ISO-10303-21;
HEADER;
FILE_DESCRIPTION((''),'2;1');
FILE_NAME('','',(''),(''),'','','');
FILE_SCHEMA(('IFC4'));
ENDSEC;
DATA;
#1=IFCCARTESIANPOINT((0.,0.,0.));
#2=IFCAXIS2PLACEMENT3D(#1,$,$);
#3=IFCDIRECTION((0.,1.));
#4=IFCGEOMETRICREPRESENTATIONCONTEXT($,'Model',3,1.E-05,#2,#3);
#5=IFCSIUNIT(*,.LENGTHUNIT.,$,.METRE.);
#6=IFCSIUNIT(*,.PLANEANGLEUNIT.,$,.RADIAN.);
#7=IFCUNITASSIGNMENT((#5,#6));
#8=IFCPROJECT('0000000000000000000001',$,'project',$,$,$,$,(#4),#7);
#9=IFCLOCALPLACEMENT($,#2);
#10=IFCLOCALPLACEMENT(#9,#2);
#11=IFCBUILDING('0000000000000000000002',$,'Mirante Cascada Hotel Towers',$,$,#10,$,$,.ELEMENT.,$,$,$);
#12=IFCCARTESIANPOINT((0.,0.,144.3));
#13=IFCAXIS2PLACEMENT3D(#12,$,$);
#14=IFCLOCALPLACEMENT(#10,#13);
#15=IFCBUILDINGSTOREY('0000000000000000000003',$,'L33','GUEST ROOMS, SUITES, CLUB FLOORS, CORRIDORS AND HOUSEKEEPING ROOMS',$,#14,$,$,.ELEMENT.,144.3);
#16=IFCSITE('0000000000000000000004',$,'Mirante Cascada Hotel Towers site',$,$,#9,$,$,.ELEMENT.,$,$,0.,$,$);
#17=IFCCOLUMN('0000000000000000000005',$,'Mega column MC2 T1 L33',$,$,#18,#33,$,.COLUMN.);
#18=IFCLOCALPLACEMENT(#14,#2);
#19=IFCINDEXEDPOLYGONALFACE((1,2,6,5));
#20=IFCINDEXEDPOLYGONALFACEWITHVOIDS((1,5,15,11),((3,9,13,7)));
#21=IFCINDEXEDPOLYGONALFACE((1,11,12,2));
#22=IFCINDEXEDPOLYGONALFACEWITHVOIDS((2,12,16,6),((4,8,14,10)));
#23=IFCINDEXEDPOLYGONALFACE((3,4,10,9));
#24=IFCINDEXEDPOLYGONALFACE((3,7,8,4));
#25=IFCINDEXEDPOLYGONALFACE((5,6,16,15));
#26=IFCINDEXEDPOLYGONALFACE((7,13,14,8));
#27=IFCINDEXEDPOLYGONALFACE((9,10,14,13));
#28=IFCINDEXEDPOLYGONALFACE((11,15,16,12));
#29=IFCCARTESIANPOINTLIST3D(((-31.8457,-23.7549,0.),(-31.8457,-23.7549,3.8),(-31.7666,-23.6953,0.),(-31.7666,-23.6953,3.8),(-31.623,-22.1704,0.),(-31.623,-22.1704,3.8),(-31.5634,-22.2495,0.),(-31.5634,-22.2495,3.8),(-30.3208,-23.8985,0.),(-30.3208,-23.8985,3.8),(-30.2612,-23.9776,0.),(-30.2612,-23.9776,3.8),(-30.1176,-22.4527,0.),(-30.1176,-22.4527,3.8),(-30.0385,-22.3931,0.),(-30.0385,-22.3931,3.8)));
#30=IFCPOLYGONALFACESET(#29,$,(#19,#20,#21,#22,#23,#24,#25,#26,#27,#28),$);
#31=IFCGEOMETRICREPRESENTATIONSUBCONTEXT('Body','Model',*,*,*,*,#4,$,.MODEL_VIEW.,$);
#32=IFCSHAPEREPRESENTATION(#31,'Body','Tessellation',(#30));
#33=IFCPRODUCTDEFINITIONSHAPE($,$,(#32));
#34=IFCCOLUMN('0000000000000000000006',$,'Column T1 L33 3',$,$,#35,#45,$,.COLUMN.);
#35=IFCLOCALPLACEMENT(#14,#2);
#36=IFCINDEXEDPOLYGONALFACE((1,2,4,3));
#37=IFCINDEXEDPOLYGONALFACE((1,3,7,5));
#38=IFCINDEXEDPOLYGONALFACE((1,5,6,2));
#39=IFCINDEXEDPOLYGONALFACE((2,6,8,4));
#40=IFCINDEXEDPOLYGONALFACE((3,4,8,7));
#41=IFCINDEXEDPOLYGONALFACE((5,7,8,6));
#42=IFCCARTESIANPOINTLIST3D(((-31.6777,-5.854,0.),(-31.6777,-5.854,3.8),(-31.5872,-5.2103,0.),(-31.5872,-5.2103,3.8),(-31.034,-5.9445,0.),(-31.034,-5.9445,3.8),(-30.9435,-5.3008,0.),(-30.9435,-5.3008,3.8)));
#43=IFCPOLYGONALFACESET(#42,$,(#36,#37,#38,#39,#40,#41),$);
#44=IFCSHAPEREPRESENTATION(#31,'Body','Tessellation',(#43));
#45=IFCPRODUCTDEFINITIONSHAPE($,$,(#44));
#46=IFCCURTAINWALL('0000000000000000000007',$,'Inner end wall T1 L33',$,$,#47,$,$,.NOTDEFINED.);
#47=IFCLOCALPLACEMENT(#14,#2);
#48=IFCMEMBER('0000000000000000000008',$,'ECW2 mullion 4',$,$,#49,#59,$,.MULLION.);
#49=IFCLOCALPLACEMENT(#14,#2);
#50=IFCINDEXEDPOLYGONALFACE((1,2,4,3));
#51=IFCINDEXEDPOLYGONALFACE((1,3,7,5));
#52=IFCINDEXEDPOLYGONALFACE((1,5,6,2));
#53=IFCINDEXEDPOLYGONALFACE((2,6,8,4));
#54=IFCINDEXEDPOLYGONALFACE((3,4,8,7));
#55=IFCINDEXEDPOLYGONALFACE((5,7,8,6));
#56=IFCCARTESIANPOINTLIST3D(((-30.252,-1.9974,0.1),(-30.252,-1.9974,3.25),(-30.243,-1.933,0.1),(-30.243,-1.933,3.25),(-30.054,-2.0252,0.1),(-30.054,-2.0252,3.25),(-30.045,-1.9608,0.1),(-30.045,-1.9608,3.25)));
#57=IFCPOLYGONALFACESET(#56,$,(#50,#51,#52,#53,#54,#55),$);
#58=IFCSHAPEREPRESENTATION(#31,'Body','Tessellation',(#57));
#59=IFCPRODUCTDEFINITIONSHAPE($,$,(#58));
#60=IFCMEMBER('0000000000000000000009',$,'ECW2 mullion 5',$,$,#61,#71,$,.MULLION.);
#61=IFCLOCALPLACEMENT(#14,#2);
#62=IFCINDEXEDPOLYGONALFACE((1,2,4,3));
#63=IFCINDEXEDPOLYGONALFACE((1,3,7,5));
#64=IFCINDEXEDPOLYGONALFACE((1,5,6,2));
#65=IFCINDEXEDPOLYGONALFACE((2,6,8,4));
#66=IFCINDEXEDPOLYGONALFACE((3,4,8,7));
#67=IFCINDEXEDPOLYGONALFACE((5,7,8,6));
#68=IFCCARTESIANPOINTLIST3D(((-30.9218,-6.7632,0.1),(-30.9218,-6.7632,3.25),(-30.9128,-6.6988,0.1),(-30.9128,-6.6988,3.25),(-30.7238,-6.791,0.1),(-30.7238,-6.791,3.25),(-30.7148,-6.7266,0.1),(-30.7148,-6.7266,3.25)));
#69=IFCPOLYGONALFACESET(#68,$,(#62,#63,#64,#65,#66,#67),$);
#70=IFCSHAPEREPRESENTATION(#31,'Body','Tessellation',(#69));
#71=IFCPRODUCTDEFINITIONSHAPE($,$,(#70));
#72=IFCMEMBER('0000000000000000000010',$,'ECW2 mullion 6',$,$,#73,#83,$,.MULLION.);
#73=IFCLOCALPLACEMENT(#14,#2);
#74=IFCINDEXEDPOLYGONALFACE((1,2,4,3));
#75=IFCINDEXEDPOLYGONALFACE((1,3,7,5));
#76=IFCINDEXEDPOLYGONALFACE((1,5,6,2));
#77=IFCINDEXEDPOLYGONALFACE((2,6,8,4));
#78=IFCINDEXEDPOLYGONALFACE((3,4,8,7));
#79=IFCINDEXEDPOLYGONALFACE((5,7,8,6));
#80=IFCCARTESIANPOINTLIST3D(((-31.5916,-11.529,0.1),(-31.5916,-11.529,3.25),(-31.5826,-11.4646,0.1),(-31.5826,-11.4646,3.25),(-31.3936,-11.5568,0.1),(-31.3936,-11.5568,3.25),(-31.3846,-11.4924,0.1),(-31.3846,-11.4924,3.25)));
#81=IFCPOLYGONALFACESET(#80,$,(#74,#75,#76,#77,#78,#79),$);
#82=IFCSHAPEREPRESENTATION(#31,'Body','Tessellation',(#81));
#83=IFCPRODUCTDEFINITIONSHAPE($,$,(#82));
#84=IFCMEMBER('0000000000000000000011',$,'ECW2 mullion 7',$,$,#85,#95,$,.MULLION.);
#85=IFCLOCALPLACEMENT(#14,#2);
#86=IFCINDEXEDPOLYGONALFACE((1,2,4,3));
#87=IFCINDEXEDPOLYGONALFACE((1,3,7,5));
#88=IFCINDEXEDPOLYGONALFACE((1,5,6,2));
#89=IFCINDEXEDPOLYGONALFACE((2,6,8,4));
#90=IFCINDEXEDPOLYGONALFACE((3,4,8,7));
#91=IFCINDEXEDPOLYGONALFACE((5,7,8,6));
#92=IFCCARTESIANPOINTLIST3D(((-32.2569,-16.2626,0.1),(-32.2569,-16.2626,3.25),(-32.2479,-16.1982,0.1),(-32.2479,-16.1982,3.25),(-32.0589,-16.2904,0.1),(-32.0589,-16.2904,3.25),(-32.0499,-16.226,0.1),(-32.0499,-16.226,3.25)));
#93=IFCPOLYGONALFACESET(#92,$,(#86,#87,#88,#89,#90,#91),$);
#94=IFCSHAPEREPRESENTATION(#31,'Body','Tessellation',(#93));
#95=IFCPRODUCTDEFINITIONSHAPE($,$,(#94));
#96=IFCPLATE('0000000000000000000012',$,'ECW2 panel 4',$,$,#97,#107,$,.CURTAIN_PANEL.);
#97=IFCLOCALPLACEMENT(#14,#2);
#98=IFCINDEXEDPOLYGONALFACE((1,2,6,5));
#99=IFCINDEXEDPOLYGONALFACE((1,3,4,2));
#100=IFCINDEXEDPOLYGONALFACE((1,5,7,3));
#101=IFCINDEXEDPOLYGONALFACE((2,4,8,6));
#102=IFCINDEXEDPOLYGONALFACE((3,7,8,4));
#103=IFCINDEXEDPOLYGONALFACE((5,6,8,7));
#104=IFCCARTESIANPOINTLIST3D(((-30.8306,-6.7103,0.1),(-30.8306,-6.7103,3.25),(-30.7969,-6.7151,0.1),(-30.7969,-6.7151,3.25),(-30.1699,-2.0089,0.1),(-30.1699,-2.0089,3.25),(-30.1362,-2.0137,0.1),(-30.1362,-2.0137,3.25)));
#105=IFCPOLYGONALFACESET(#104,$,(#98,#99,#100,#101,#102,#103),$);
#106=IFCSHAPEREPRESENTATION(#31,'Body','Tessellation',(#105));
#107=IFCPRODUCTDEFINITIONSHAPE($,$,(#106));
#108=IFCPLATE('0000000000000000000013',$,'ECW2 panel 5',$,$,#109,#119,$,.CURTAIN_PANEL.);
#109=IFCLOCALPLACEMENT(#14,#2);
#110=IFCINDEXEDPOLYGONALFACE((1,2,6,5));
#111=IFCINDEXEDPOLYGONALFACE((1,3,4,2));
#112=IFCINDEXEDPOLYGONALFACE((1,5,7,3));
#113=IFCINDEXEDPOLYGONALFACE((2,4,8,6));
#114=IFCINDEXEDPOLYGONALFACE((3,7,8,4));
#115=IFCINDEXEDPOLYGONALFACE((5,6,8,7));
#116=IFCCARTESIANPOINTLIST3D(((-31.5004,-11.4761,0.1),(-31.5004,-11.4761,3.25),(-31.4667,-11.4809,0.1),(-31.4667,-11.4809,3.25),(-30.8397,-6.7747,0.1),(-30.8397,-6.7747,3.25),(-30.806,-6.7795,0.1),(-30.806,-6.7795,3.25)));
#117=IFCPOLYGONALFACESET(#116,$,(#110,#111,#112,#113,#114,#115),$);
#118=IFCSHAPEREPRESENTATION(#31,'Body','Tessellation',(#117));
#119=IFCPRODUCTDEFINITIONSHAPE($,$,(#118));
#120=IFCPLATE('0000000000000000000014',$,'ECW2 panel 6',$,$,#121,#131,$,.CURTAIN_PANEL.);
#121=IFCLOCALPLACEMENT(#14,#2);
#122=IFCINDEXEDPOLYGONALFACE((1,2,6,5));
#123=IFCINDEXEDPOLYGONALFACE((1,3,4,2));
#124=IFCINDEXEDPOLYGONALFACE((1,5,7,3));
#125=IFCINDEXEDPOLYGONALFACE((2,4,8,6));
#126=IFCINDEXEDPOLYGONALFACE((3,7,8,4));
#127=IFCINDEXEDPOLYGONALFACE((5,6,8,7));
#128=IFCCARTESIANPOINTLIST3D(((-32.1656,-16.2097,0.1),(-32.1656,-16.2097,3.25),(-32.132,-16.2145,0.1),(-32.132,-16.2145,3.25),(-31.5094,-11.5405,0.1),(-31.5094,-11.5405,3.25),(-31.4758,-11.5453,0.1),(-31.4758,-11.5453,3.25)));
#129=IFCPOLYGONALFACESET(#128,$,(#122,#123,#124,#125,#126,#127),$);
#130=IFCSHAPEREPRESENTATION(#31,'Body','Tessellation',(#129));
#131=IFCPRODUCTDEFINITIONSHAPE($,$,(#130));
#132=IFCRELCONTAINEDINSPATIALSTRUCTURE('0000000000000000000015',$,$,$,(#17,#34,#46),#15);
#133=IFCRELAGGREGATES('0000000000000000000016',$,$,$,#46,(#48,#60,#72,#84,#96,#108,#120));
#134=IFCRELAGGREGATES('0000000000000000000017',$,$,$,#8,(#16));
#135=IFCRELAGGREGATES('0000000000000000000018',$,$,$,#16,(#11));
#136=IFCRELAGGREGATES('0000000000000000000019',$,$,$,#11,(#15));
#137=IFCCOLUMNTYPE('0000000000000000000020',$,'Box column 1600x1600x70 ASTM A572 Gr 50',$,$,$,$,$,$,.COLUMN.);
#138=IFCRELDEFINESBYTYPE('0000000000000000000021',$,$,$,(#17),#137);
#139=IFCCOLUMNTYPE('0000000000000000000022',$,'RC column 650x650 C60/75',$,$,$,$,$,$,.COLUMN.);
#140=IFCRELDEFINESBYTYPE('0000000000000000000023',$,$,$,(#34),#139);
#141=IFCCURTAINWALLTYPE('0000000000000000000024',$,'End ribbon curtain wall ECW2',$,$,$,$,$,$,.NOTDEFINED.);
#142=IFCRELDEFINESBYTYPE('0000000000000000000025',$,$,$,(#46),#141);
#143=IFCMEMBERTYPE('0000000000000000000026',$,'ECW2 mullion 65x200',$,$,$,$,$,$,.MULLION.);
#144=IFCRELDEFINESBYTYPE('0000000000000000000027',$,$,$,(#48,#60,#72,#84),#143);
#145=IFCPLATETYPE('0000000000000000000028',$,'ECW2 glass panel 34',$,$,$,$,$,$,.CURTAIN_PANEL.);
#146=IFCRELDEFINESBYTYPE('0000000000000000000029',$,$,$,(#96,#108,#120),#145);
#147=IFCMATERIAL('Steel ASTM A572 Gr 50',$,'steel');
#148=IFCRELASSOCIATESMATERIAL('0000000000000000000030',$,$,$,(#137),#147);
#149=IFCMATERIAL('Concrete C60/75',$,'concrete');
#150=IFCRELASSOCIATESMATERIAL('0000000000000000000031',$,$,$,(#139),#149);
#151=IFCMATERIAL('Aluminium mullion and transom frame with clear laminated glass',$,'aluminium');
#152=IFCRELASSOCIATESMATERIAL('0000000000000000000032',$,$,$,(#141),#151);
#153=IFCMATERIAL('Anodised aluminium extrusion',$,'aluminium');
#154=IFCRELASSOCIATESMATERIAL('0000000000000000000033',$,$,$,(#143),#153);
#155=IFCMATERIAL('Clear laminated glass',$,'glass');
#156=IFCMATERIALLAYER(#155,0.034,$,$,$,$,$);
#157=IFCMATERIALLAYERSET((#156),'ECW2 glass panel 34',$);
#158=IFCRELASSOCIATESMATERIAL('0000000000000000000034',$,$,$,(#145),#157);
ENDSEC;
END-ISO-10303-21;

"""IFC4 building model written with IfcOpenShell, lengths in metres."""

from ifc_helpers import new_model, si_unit, direction, frame, origin, origin_2d, place, context, subcontext, project, spatial, rectangle, hollow_rectangle, extrude, material, layer, layer_set, material_profile, profile_set, type_object, element, aggregate, save


model = new_model("IFC4")

# Units and contexts
model_context = context("Model", 3, precision=1e-05, world=origin(), true_north=direction((0.0, 1.0)))
body_context = subcontext(model_context, "Body", "Model", "MODEL_VIEW")
ifc_project = project(units=[si_unit("LENGTHUNIT", "METRE"), si_unit("PLANEANGLEUNIT", "RADIAN")], contexts=[model_context])

# Site, building, storey
site_placement = place(None, origin())
site = spatial("IfcSite", under=ifc_project, at=site_placement, Name="Mirante Cascada Hotel Towers site", CompositionType="ELEMENT", RefElevation=0.0)
building_placement = place(site_placement, origin())
building = spatial("IfcBuilding", under=site, at=building_placement, Name="Mirante Cascada Hotel Towers", CompositionType="ELEMENT")
storey_placement = place(building_placement, frame((0.0, 0.0, 144.3)))
storey = spatial("IfcBuildingStorey", under=building, at=storey_placement, Name="L33", Description="GUEST ROOMS, SUITES, CLUB FLOORS, CORRIDORS AND HOUSEKEEPING ROOMS", CompositionType="ELEMENT", Elevation=144.3)

# Columns
ifc_material_1 = material(Name="Steel ASTM A572 Gr 50", Category="steel")
ifc_material_profile_1 = material_profile(ifc_material_1, hollow_rectangle(XDim=1.6, YDim=1.6, WallThickness=0.07, at=origin_2d()), Name="Box column 1600x1600x70 ASTM A572 Gr 50")
ifc_profile_set_1 = profile_set([ifc_material_profile_1], Name="Steel ASTM A572 Gr 50")
column_type_1 = type_object("IfcColumnType", Name="Box column 1600x1600x70 ASTM A572 Gr 50", PredefinedType="COLUMN", material=ifc_profile_set_1)
column_1_placement = place(storey_placement, frame((-30.9421, -23.074, 0.0), z_axis=(0.0, 0.0, 1.0), x_axis=(-0.990268, 0.139173, 0.0)))
element("IfcColumn", 1, at=column_1_placement, inside=storey, type_object=column_type_1, Name="Mega column MC2 T1 L33", PredefinedType="COLUMN", context=body_context, shape_type="SweptSolid", body=[
    extrude(hollow_rectangle(XDim=1.6, YDim=1.6, WallThickness=0.07, at=origin_2d()), origin(), (0.0, 0.0, 1.0), 3.8),
])
ifc_material_2 = material(Name="Concrete C60/75", Category="concrete")
ifc_material_profile_2 = material_profile(ifc_material_2, rectangle(XDim=0.65, YDim=0.65, at=origin_2d()), Name="RC column 650x650 C60/75")
ifc_profile_set_2 = profile_set([ifc_material_profile_2], Name="Concrete C60/75")
column_type_2 = type_object("IfcColumnType", Name="RC column 650x650 C60/75", PredefinedType="COLUMN", material=ifc_profile_set_2)
column_2_placement = place(storey_placement, frame((-31.3106, -5.5774, 0.0), z_axis=(0.0, 0.0, 1.0), x_axis=(-0.990268, 0.139173, 0.0)))
element("IfcColumn", 2, at=column_2_placement, inside=storey, type_object=column_type_2, Name="Column T1 L33 3", PredefinedType="COLUMN", context=body_context, shape_type="SweptSolid", body=[
    extrude(rectangle(XDim=0.65, YDim=0.65, at=origin_2d()), origin(), (0.0, 0.0, 1.0), 3.8),
])

# Curtain wall, members, plates
ifc_material_3 = material(Name="Aluminium mullion and transom frame with clear laminated glass", Category="aluminium")
curtain_wall_type = type_object("IfcCurtainWallType", Name="End ribbon curtain wall ECW2", PredefinedType="NOTDEFINED", material=ifc_material_3)
curtain_wall_placement = place(storey_placement, origin())
curtain_wall = element("IfcCurtainWall", 3, at=curtain_wall_placement, inside=storey, type_object=curtain_wall_type, Name="Inner end wall T1 L33", PredefinedType="NOTDEFINED")
ifc_material_4 = material(Name="Anodised aluminium extrusion", Category="aluminium")
ifc_material_profile_3 = material_profile(ifc_material_4, rectangle(XDim=0.2, YDim=0.065, at=origin_2d()), Name="ECW2 MULLION 65x200")
ifc_profile_set_3 = profile_set([ifc_material_profile_3], Name="Anodised aluminium extrusion")
member_type = type_object("IfcMemberType", Name="ECW2 mullion 65x200", PredefinedType="MULLION", material=ifc_profile_set_3)
member_1_placement = place(storey_placement, frame((-30.1485, -1.9791, 0.1), z_axis=(0.0, 0.0, 1.0), x_axis=(0.990268, -0.139173, 0.0)))
member_1 = element("IfcMember", 4, at=member_1_placement, type_object=member_type, Name="ECW2 mullion 4", PredefinedType="MULLION", context=body_context, shape_type="SweptSolid", body=[
    extrude(rectangle(XDim=0.2, YDim=0.065, at=origin_2d()), origin(), (0.0, 0.0, 1.0), 3.15),
])
member_2_placement = place(storey_placement, frame((-30.8183, -6.7449, 0.1), z_axis=(0.0, 0.0, 1.0), x_axis=(0.990268, -0.139173, 0.0)))
member_2 = element("IfcMember", 5, at=member_2_placement, type_object=member_type, Name="ECW2 mullion 5", PredefinedType="MULLION", context=body_context, shape_type="SweptSolid", body=[
    extrude(rectangle(XDim=0.2, YDim=0.065, at=origin_2d()), origin(), (0.0, 0.0, 1.0), 3.15),
])
member_3_placement = place(storey_placement, frame((-31.4881, -11.5107, 0.1), z_axis=(0.0, 0.0, 1.0), x_axis=(0.990268, -0.139173, 0.0)))
member_3 = element("IfcMember", 6, at=member_3_placement, type_object=member_type, Name="ECW2 mullion 6", PredefinedType="MULLION", context=body_context, shape_type="SweptSolid", body=[
    extrude(rectangle(XDim=0.2, YDim=0.065, at=origin_2d()), origin(), (0.0, 0.0, 1.0), 3.15),
])
member_4_placement = place(storey_placement, frame((-32.1534, -16.2443, 0.1), z_axis=(0.0, 0.0, 1.0), x_axis=(0.990268, -0.139173, 0.0)))
member_4 = element("IfcMember", 7, at=member_4_placement, type_object=member_type, Name="ECW2 mullion 7", PredefinedType="MULLION", context=body_context, shape_type="SweptSolid", body=[
    extrude(rectangle(XDim=0.2, YDim=0.065, at=origin_2d()), origin(), (0.0, 0.0, 1.0), 3.15),
])
ifc_material_5 = material(Name="Clear laminated glass", Category="glass")
ifc_layer_1 = layer(ifc_material_5, 0.034)
ifc_layer_set_1 = layer_set([ifc_layer_1], Name="ECW2 glass panel 34")
plate_type = type_object("IfcPlateType", Name="ECW2 glass panel 34", PredefinedType="CURTAIN_PANEL", material=ifc_layer_set_1)
plate_1_placement = place(storey_placement, frame((-30.4834, -4.362, 0.1), z_axis=(0.0, 0.0, 1.0), x_axis=(-0.139173, -0.990268, 0.0)))
plate_1 = element("IfcPlate", 8, at=plate_1_placement, type_object=plate_type, Name="ECW2 panel 4", PredefinedType="CURTAIN_PANEL", context=body_context, shape_type="SweptSolid", body=[
    extrude(rectangle(XDim=4.7476, YDim=0.034, at=origin_2d()), origin(), (0.0, 0.0, 1.0), 3.15),
])
plate_2_placement = place(storey_placement, frame((-31.1532, -9.1278, 0.1), z_axis=(0.0, 0.0, 1.0), x_axis=(-0.139173, -0.990268, 0.0)))
plate_2 = element("IfcPlate", 9, at=plate_2_placement, type_object=plate_type, Name="ECW2 panel 5", PredefinedType="CURTAIN_PANEL", context=body_context, shape_type="SweptSolid", body=[
    extrude(rectangle(XDim=4.7476, YDim=0.034, at=origin_2d()), origin(), (0.0, 0.0, 1.0), 3.15),
])
plate_3_placement = place(storey_placement, frame((-31.8207, -13.8775, 0.1), z_axis=(0.0, 0.0, 1.0), x_axis=(-0.139173, -0.990268, 0.0)))
plate_3 = element("IfcPlate", 10, at=plate_3_placement, type_object=plate_type, Name="ECW2 panel 6", PredefinedType="CURTAIN_PANEL", context=body_context, shape_type="SweptSolid", body=[
    extrude(rectangle(XDim=4.7151, YDim=0.034, at=origin_2d()), origin(), (0.0, 0.0, 1.0), 3.15),
])
aggregate(curtain_wall, [member_1, member_2, member_3, member_4, plate_1, plate_2, plate_3])

save(model, "model.ifc")
